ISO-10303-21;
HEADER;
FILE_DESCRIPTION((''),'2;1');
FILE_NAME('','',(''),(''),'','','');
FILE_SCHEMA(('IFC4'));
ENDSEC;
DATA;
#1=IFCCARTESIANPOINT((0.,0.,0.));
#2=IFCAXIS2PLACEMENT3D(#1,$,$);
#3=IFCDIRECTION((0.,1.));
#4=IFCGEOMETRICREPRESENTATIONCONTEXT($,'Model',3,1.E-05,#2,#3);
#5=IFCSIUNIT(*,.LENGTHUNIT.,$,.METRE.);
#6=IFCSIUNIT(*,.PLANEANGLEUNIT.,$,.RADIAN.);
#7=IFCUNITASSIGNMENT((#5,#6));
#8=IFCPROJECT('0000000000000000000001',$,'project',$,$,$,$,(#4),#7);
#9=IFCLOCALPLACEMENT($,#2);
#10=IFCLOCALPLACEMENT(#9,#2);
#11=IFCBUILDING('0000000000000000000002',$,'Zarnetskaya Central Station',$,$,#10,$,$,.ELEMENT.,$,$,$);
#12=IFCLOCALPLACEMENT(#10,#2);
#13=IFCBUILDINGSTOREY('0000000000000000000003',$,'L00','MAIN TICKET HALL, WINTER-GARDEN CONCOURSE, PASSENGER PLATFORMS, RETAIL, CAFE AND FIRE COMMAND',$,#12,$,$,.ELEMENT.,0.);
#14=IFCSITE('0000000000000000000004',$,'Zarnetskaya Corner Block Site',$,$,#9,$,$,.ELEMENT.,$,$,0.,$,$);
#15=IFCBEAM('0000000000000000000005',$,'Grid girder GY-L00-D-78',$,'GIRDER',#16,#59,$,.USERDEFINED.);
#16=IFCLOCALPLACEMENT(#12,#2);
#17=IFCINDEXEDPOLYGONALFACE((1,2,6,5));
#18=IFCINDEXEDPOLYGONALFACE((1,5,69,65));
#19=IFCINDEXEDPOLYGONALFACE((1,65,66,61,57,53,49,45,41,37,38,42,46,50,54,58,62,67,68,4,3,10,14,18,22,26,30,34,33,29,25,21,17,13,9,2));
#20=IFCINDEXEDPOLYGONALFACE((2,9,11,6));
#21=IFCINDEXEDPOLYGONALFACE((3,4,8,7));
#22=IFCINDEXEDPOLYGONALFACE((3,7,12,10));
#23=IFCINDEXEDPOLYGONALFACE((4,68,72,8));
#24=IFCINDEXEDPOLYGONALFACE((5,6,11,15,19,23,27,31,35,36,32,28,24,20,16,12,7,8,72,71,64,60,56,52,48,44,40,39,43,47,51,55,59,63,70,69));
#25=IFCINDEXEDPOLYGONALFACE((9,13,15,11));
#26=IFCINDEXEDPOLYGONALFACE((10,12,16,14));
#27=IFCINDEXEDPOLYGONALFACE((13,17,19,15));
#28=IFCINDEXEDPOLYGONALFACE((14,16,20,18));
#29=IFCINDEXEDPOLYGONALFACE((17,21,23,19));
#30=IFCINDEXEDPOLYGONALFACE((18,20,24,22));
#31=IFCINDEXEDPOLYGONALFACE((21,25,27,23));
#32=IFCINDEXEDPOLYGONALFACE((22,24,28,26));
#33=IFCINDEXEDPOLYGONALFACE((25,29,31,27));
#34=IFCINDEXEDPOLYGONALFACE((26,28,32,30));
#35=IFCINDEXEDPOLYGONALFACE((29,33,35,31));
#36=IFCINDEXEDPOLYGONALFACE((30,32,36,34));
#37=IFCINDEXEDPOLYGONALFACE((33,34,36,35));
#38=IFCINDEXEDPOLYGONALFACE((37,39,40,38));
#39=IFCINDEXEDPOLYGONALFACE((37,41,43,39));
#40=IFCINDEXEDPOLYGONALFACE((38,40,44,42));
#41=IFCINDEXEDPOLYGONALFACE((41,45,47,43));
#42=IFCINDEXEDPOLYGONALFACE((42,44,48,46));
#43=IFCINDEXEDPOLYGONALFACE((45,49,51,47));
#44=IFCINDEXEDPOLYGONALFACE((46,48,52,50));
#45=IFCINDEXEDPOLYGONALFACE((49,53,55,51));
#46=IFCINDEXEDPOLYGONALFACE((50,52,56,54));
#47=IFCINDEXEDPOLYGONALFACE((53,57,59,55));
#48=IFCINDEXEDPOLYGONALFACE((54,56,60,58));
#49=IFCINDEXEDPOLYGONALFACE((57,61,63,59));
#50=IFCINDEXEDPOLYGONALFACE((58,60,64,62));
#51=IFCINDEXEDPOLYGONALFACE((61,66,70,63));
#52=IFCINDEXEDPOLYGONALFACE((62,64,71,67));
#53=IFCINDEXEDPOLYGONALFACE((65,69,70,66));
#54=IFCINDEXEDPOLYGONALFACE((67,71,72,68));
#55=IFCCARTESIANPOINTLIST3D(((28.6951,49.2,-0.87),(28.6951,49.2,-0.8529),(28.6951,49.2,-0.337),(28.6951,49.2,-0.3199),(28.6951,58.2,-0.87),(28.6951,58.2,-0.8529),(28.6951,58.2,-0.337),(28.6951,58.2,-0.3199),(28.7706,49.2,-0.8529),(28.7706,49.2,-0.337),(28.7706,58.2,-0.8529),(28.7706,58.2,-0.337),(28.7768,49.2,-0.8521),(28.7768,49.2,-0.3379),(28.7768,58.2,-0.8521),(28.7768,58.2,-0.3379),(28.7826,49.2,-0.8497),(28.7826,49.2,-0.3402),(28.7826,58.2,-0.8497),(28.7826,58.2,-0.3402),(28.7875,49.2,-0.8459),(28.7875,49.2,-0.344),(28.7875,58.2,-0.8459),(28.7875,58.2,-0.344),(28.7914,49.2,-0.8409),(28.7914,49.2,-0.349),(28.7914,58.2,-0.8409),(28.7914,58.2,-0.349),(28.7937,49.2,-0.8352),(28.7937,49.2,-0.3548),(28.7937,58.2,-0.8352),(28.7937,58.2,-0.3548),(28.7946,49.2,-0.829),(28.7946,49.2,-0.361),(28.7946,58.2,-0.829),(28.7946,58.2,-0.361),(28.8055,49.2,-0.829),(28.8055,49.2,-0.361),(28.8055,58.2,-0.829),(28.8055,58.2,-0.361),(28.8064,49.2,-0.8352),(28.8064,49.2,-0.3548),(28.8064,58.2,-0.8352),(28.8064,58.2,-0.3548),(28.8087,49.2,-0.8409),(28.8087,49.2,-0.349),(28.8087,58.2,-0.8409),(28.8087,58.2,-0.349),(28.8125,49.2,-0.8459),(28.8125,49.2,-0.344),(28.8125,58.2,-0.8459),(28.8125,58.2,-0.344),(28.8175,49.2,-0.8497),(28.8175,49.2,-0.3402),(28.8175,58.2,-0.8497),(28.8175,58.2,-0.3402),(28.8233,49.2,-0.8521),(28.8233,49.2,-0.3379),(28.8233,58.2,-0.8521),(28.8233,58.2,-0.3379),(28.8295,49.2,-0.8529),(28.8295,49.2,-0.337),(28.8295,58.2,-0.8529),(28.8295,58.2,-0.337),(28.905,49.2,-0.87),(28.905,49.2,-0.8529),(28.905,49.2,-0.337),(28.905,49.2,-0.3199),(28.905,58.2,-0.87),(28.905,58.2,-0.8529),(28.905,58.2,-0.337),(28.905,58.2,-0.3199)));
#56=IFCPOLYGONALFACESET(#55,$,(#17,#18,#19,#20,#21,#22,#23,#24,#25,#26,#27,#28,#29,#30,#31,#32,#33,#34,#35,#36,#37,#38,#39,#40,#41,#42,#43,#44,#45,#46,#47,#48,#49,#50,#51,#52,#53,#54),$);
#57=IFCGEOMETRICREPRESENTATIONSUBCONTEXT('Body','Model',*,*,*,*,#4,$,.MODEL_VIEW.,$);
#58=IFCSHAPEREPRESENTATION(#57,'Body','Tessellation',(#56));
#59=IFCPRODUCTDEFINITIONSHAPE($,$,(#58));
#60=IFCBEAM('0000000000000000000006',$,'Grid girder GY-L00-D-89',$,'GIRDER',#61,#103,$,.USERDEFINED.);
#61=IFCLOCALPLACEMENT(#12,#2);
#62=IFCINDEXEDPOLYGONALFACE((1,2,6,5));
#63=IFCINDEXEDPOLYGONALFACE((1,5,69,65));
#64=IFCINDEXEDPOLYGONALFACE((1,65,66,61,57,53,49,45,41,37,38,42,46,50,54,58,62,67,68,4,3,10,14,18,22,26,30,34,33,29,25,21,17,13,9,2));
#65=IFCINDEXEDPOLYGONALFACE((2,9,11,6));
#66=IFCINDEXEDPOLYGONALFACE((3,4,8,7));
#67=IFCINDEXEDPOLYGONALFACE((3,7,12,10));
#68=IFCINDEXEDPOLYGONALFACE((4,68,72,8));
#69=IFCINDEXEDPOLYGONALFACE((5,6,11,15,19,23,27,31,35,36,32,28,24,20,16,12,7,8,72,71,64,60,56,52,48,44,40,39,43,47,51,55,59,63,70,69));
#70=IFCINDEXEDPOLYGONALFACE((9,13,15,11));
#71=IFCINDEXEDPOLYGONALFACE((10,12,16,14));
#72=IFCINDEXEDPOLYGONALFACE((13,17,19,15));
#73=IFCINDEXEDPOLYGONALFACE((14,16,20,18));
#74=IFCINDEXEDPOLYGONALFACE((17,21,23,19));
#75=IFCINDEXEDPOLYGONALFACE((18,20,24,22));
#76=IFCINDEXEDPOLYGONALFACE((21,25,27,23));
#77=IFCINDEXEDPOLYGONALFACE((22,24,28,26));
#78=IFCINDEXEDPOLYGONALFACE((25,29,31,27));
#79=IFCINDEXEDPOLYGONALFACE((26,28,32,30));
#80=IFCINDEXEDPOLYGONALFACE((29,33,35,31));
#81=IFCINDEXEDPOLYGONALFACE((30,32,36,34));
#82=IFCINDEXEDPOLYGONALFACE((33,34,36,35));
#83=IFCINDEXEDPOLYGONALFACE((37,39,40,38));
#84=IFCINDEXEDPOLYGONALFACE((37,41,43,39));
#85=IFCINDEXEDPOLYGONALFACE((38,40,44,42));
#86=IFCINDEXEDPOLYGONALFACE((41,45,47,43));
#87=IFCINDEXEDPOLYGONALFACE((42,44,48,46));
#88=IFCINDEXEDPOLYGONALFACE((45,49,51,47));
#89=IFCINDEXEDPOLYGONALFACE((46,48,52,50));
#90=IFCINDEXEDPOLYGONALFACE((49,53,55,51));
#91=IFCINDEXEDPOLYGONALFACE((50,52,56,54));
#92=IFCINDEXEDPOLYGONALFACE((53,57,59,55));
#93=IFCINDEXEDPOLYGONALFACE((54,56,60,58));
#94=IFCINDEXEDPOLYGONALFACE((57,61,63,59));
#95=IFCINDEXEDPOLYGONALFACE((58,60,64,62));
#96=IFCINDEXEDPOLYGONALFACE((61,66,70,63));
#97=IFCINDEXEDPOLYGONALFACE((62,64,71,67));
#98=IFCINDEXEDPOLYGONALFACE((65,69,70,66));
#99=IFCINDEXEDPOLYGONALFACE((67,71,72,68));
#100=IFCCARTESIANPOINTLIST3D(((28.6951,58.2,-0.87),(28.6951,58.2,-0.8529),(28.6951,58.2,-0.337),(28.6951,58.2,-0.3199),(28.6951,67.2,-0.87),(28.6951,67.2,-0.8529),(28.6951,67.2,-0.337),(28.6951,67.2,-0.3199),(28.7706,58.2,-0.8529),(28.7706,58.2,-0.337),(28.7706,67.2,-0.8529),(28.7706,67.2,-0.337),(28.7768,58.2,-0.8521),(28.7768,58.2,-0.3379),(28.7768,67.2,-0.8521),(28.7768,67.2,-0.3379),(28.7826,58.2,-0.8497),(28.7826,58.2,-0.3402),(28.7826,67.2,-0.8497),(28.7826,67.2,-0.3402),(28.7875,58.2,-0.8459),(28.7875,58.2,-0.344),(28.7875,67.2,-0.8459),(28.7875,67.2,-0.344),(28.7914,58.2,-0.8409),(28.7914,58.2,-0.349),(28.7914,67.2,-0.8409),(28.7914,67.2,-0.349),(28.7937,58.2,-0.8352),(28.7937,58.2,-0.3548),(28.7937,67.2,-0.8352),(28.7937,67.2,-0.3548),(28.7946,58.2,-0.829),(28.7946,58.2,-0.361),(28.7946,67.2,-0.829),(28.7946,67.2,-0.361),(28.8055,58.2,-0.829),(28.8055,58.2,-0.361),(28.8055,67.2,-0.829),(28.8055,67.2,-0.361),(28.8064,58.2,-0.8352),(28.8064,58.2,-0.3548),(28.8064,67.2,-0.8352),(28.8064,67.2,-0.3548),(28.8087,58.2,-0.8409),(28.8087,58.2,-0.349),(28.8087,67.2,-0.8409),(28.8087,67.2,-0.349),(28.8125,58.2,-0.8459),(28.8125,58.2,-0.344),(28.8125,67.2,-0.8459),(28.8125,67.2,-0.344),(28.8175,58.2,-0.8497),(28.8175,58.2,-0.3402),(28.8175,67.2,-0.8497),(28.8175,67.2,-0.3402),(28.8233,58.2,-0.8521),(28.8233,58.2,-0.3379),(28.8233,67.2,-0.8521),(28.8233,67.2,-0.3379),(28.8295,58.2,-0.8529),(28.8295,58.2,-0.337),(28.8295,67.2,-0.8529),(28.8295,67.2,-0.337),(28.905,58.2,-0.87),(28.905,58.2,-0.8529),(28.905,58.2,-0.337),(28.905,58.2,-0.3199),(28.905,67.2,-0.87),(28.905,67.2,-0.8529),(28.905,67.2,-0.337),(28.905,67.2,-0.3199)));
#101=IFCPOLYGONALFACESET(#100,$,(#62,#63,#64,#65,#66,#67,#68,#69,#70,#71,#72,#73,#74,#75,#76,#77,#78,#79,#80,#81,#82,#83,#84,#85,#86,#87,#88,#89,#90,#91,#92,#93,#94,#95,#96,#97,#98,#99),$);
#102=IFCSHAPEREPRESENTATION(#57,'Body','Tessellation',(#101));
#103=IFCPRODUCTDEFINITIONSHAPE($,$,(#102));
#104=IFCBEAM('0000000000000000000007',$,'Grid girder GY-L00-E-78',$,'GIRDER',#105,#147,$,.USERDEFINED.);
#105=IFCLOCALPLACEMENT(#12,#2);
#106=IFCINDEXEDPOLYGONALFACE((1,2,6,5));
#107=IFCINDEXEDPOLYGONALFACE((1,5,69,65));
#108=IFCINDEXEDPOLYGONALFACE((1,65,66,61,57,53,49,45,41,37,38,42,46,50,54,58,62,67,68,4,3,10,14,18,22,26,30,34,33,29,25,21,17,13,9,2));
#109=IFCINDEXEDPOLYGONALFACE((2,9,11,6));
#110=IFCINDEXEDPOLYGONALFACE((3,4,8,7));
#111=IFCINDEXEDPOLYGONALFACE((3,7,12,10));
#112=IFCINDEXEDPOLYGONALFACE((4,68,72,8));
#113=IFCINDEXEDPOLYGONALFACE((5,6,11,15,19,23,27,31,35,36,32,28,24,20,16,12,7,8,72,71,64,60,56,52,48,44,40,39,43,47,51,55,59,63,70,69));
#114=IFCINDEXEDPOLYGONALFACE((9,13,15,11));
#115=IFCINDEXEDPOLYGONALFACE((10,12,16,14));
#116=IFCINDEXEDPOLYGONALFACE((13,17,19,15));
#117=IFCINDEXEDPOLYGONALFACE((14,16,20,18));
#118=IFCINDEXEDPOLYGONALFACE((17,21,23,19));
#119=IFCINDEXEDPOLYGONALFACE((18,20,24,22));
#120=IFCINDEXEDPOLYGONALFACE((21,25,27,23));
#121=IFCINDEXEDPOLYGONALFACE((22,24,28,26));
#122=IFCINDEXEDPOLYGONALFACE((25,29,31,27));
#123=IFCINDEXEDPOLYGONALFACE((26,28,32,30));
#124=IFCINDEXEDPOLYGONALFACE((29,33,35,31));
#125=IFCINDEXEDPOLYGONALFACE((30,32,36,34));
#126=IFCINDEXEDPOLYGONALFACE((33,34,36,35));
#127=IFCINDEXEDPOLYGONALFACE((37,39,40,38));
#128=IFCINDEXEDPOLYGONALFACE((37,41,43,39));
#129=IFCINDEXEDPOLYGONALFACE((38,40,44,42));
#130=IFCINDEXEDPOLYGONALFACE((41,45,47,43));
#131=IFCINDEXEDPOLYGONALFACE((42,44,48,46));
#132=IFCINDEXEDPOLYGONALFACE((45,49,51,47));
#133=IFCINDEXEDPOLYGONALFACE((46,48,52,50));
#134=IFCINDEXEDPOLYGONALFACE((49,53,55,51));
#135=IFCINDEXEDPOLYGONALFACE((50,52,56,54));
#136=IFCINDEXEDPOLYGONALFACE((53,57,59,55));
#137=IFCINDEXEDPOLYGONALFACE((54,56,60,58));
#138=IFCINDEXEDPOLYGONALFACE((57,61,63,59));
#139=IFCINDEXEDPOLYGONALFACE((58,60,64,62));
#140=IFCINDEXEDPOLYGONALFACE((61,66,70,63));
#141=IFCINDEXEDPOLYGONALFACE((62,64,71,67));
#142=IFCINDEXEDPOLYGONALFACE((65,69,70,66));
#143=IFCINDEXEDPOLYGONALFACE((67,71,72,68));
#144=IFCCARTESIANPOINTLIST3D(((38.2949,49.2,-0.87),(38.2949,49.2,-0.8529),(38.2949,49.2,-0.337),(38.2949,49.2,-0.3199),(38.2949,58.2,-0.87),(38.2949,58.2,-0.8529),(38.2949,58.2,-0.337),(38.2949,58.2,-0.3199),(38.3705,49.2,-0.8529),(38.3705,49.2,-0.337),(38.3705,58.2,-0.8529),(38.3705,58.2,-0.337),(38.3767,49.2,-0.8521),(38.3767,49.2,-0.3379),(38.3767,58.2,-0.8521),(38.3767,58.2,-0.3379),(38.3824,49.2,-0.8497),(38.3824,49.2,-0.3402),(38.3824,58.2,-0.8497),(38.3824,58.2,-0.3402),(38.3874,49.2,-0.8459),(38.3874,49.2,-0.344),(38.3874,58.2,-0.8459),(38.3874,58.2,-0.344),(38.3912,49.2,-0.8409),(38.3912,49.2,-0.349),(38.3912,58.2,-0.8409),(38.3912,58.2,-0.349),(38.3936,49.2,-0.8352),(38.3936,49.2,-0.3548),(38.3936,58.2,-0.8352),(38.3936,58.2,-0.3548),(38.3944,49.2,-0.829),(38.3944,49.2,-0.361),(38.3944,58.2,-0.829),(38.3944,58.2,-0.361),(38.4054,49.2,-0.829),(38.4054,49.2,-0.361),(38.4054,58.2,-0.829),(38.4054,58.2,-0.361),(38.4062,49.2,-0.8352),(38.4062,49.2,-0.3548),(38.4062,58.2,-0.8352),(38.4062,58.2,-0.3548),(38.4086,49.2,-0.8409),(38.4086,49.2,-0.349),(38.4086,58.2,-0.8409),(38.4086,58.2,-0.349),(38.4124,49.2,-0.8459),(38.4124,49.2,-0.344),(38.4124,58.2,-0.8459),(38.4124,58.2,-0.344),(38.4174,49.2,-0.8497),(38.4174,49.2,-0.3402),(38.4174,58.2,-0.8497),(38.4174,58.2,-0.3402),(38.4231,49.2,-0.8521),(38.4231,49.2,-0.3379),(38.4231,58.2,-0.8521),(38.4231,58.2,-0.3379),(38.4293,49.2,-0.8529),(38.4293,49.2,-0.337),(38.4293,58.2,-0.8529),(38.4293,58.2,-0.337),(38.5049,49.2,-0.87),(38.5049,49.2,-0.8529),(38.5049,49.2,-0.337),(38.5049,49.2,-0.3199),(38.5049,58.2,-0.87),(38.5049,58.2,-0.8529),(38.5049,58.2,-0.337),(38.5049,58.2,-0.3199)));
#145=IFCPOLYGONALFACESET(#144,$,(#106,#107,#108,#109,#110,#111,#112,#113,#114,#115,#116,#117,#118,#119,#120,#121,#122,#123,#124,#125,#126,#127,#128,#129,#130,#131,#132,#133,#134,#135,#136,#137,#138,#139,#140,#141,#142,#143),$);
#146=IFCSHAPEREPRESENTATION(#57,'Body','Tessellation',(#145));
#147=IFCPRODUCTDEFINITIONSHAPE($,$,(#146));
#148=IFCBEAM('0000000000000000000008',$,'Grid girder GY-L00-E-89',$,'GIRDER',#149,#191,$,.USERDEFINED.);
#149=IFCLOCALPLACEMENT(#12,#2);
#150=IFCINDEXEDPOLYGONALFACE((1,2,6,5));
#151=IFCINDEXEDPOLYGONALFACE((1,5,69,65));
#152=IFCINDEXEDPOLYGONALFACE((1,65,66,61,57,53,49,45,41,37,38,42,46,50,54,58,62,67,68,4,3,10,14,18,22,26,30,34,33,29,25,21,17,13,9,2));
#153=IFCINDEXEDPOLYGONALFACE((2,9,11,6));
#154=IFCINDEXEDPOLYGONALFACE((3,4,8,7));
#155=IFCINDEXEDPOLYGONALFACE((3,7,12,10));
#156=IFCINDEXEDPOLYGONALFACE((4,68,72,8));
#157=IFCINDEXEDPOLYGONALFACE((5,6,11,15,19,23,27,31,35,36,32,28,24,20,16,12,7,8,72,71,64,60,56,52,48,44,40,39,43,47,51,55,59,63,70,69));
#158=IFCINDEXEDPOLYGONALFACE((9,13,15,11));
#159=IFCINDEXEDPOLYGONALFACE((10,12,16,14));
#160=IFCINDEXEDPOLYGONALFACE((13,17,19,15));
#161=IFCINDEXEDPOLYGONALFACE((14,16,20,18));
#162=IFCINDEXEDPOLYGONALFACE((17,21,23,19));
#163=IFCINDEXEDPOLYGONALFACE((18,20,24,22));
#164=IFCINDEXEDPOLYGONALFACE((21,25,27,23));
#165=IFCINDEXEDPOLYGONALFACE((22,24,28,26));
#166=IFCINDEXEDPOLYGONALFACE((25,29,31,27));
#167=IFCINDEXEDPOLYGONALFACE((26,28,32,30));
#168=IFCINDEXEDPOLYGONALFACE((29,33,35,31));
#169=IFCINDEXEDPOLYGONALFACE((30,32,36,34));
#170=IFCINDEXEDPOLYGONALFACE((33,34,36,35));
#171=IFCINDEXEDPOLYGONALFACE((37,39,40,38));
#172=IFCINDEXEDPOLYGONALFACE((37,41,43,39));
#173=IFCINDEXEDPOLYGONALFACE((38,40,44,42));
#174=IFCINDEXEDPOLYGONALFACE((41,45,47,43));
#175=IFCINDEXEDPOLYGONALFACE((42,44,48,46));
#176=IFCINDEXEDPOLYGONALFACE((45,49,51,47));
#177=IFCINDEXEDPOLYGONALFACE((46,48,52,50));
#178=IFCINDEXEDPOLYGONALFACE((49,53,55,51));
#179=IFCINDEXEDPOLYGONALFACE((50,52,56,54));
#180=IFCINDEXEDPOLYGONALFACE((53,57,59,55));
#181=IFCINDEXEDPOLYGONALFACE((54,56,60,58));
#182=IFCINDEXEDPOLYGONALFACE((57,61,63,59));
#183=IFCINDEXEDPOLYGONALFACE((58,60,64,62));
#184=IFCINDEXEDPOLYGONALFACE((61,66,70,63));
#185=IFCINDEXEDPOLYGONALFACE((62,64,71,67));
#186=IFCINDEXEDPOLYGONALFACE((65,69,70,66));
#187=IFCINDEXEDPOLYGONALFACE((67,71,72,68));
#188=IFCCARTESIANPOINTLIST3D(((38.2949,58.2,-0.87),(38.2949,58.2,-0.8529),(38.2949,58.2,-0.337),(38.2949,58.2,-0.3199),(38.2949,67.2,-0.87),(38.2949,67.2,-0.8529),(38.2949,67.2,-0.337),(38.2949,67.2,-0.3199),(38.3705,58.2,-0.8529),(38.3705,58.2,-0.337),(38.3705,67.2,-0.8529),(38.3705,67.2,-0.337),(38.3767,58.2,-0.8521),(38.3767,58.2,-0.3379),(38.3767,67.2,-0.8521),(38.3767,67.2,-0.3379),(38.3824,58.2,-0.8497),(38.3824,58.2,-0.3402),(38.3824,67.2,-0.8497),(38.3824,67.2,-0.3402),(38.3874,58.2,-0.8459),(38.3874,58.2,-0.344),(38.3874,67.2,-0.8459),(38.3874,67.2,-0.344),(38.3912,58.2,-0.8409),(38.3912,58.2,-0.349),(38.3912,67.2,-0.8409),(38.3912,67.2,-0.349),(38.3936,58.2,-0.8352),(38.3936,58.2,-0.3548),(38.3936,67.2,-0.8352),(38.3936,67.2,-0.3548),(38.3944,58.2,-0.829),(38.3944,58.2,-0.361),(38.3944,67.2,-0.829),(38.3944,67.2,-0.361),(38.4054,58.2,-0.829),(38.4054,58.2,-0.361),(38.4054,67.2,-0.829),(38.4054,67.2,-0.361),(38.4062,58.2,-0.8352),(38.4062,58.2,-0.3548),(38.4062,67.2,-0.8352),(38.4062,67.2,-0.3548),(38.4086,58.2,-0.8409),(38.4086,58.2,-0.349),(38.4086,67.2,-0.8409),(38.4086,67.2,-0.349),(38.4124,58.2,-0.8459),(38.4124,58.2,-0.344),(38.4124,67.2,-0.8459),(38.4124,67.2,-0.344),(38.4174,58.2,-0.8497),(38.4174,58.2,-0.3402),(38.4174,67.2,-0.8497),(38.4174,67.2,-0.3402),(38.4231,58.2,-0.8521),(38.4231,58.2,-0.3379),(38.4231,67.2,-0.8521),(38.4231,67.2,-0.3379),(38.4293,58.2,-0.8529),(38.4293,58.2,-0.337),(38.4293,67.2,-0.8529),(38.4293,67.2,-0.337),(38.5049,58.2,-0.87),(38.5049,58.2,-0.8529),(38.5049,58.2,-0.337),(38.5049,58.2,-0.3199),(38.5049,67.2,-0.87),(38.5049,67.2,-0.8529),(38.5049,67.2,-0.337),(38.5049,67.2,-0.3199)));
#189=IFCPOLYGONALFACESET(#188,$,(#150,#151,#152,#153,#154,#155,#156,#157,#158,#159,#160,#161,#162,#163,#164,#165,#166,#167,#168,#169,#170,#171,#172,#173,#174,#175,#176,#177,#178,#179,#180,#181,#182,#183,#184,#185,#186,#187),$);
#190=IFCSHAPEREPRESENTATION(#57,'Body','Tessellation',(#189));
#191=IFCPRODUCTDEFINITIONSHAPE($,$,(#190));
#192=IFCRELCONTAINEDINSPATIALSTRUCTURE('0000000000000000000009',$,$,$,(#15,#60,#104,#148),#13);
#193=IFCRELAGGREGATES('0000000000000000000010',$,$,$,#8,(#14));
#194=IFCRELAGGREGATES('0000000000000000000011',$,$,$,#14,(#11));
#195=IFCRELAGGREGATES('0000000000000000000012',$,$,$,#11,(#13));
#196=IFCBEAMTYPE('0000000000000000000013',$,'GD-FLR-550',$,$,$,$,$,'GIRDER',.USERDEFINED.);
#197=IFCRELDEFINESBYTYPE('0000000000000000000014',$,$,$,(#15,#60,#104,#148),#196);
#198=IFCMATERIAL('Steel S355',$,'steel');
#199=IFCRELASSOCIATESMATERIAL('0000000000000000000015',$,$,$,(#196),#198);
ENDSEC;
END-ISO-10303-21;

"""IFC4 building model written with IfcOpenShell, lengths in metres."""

from ifc_helpers import new_model, si_unit, direction, frame, origin, origin_2d, place, context, subcontext, project, spatial, i_section, extrude, material, material_profile, profile_set, type_object, element, save


model = new_model("IFC4")

# Units and contexts
model_context = context("Model", 3, precision=1e-05, world=origin(), true_north=direction((0.0, 1.0)))
body_context = subcontext(model_context, "Body", "Model", "MODEL_VIEW")
ifc_project = project(units=[si_unit("LENGTHUNIT", "METRE"), si_unit("PLANEANGLEUNIT", "RADIAN")], contexts=[model_context])

# Site, building, storey
site_placement = place(None, origin())
site = spatial("IfcSite", under=ifc_project, at=site_placement, Name="Zarnetskaya Corner Block Site", CompositionType="ELEMENT", RefElevation=0.0)
building_placement = place(site_placement, origin())
building = spatial("IfcBuilding", under=site, at=building_placement, Name="Zarnetskaya Central Station", CompositionType="ELEMENT")
storey_placement = place(building_placement, origin())
storey = spatial("IfcBuildingStorey", under=building, at=storey_placement, Name="L00", Description="MAIN TICKET HALL, WINTER-GARDEN CONCOURSE, PASSENGER PLATFORMS, RETAIL, CAFE AND FIRE COMMAND", CompositionType="ELEMENT", Elevation=0.0)

# Shared definitions
ifc_material_1 = material(Name="Steel S355", Category="steel")

# Beams
ifc_material_profile_1 = material_profile(ifc_material_1, i_section(OverallWidth=0.21, OverallDepth=0.55, WebThickness=0.011, FlangeThickness=0.0171, FilletRadius=0.0239, at=origin_2d()), Name="IPE 550")
ifc_profile_set_1 = profile_set([ifc_material_profile_1], Name="Steel S355")
beam_type_1 = type_object("IfcBeamType", Name="GD-FLR-550", ElementType="GIRDER", PredefinedType="USERDEFINED", material=ifc_profile_set_1)
for number, where, z_axis, x_axis, name in (
    (1, (28.8, 49.2, -0.595), (0.0, 1.0, 0.0), (-1.0, 0.0, 0.0), "Grid girder GY-L00-D-78"),
    (2, (28.8, 58.2, -0.595), (0.0, 1.0, 0.0), (-1.0, 0.0, 0.0), "Grid girder GY-L00-D-89"),
    (3, (38.3999, 49.2, -0.595), (0.0, 1.0, 0.0), (-1.0, 0.0, 0.0), "Grid girder GY-L00-E-78"),
    (4, (38.3999, 58.2, -0.595), (0.0, 1.0, 0.0), (-1.0, 0.0, 0.0), "Grid girder GY-L00-E-89"),
):
    element("IfcBeam", number, at=place(storey_placement, frame(where, z_axis=z_axis, x_axis=x_axis)), inside=storey, type_object=beam_type_1, Name=name, ObjectType="GIRDER", PredefinedType="USERDEFINED", context=body_context, shape_type="SweptSolid", body=[
        extrude(i_section(OverallWidth=0.21, OverallDepth=0.55, WebThickness=0.011, FlangeThickness=0.0171, FilletRadius=0.0239, at=origin_2d()), origin(), (0.0, 0.0, 1.0), 9.0),
    ])

save(model, "model.ifc")
